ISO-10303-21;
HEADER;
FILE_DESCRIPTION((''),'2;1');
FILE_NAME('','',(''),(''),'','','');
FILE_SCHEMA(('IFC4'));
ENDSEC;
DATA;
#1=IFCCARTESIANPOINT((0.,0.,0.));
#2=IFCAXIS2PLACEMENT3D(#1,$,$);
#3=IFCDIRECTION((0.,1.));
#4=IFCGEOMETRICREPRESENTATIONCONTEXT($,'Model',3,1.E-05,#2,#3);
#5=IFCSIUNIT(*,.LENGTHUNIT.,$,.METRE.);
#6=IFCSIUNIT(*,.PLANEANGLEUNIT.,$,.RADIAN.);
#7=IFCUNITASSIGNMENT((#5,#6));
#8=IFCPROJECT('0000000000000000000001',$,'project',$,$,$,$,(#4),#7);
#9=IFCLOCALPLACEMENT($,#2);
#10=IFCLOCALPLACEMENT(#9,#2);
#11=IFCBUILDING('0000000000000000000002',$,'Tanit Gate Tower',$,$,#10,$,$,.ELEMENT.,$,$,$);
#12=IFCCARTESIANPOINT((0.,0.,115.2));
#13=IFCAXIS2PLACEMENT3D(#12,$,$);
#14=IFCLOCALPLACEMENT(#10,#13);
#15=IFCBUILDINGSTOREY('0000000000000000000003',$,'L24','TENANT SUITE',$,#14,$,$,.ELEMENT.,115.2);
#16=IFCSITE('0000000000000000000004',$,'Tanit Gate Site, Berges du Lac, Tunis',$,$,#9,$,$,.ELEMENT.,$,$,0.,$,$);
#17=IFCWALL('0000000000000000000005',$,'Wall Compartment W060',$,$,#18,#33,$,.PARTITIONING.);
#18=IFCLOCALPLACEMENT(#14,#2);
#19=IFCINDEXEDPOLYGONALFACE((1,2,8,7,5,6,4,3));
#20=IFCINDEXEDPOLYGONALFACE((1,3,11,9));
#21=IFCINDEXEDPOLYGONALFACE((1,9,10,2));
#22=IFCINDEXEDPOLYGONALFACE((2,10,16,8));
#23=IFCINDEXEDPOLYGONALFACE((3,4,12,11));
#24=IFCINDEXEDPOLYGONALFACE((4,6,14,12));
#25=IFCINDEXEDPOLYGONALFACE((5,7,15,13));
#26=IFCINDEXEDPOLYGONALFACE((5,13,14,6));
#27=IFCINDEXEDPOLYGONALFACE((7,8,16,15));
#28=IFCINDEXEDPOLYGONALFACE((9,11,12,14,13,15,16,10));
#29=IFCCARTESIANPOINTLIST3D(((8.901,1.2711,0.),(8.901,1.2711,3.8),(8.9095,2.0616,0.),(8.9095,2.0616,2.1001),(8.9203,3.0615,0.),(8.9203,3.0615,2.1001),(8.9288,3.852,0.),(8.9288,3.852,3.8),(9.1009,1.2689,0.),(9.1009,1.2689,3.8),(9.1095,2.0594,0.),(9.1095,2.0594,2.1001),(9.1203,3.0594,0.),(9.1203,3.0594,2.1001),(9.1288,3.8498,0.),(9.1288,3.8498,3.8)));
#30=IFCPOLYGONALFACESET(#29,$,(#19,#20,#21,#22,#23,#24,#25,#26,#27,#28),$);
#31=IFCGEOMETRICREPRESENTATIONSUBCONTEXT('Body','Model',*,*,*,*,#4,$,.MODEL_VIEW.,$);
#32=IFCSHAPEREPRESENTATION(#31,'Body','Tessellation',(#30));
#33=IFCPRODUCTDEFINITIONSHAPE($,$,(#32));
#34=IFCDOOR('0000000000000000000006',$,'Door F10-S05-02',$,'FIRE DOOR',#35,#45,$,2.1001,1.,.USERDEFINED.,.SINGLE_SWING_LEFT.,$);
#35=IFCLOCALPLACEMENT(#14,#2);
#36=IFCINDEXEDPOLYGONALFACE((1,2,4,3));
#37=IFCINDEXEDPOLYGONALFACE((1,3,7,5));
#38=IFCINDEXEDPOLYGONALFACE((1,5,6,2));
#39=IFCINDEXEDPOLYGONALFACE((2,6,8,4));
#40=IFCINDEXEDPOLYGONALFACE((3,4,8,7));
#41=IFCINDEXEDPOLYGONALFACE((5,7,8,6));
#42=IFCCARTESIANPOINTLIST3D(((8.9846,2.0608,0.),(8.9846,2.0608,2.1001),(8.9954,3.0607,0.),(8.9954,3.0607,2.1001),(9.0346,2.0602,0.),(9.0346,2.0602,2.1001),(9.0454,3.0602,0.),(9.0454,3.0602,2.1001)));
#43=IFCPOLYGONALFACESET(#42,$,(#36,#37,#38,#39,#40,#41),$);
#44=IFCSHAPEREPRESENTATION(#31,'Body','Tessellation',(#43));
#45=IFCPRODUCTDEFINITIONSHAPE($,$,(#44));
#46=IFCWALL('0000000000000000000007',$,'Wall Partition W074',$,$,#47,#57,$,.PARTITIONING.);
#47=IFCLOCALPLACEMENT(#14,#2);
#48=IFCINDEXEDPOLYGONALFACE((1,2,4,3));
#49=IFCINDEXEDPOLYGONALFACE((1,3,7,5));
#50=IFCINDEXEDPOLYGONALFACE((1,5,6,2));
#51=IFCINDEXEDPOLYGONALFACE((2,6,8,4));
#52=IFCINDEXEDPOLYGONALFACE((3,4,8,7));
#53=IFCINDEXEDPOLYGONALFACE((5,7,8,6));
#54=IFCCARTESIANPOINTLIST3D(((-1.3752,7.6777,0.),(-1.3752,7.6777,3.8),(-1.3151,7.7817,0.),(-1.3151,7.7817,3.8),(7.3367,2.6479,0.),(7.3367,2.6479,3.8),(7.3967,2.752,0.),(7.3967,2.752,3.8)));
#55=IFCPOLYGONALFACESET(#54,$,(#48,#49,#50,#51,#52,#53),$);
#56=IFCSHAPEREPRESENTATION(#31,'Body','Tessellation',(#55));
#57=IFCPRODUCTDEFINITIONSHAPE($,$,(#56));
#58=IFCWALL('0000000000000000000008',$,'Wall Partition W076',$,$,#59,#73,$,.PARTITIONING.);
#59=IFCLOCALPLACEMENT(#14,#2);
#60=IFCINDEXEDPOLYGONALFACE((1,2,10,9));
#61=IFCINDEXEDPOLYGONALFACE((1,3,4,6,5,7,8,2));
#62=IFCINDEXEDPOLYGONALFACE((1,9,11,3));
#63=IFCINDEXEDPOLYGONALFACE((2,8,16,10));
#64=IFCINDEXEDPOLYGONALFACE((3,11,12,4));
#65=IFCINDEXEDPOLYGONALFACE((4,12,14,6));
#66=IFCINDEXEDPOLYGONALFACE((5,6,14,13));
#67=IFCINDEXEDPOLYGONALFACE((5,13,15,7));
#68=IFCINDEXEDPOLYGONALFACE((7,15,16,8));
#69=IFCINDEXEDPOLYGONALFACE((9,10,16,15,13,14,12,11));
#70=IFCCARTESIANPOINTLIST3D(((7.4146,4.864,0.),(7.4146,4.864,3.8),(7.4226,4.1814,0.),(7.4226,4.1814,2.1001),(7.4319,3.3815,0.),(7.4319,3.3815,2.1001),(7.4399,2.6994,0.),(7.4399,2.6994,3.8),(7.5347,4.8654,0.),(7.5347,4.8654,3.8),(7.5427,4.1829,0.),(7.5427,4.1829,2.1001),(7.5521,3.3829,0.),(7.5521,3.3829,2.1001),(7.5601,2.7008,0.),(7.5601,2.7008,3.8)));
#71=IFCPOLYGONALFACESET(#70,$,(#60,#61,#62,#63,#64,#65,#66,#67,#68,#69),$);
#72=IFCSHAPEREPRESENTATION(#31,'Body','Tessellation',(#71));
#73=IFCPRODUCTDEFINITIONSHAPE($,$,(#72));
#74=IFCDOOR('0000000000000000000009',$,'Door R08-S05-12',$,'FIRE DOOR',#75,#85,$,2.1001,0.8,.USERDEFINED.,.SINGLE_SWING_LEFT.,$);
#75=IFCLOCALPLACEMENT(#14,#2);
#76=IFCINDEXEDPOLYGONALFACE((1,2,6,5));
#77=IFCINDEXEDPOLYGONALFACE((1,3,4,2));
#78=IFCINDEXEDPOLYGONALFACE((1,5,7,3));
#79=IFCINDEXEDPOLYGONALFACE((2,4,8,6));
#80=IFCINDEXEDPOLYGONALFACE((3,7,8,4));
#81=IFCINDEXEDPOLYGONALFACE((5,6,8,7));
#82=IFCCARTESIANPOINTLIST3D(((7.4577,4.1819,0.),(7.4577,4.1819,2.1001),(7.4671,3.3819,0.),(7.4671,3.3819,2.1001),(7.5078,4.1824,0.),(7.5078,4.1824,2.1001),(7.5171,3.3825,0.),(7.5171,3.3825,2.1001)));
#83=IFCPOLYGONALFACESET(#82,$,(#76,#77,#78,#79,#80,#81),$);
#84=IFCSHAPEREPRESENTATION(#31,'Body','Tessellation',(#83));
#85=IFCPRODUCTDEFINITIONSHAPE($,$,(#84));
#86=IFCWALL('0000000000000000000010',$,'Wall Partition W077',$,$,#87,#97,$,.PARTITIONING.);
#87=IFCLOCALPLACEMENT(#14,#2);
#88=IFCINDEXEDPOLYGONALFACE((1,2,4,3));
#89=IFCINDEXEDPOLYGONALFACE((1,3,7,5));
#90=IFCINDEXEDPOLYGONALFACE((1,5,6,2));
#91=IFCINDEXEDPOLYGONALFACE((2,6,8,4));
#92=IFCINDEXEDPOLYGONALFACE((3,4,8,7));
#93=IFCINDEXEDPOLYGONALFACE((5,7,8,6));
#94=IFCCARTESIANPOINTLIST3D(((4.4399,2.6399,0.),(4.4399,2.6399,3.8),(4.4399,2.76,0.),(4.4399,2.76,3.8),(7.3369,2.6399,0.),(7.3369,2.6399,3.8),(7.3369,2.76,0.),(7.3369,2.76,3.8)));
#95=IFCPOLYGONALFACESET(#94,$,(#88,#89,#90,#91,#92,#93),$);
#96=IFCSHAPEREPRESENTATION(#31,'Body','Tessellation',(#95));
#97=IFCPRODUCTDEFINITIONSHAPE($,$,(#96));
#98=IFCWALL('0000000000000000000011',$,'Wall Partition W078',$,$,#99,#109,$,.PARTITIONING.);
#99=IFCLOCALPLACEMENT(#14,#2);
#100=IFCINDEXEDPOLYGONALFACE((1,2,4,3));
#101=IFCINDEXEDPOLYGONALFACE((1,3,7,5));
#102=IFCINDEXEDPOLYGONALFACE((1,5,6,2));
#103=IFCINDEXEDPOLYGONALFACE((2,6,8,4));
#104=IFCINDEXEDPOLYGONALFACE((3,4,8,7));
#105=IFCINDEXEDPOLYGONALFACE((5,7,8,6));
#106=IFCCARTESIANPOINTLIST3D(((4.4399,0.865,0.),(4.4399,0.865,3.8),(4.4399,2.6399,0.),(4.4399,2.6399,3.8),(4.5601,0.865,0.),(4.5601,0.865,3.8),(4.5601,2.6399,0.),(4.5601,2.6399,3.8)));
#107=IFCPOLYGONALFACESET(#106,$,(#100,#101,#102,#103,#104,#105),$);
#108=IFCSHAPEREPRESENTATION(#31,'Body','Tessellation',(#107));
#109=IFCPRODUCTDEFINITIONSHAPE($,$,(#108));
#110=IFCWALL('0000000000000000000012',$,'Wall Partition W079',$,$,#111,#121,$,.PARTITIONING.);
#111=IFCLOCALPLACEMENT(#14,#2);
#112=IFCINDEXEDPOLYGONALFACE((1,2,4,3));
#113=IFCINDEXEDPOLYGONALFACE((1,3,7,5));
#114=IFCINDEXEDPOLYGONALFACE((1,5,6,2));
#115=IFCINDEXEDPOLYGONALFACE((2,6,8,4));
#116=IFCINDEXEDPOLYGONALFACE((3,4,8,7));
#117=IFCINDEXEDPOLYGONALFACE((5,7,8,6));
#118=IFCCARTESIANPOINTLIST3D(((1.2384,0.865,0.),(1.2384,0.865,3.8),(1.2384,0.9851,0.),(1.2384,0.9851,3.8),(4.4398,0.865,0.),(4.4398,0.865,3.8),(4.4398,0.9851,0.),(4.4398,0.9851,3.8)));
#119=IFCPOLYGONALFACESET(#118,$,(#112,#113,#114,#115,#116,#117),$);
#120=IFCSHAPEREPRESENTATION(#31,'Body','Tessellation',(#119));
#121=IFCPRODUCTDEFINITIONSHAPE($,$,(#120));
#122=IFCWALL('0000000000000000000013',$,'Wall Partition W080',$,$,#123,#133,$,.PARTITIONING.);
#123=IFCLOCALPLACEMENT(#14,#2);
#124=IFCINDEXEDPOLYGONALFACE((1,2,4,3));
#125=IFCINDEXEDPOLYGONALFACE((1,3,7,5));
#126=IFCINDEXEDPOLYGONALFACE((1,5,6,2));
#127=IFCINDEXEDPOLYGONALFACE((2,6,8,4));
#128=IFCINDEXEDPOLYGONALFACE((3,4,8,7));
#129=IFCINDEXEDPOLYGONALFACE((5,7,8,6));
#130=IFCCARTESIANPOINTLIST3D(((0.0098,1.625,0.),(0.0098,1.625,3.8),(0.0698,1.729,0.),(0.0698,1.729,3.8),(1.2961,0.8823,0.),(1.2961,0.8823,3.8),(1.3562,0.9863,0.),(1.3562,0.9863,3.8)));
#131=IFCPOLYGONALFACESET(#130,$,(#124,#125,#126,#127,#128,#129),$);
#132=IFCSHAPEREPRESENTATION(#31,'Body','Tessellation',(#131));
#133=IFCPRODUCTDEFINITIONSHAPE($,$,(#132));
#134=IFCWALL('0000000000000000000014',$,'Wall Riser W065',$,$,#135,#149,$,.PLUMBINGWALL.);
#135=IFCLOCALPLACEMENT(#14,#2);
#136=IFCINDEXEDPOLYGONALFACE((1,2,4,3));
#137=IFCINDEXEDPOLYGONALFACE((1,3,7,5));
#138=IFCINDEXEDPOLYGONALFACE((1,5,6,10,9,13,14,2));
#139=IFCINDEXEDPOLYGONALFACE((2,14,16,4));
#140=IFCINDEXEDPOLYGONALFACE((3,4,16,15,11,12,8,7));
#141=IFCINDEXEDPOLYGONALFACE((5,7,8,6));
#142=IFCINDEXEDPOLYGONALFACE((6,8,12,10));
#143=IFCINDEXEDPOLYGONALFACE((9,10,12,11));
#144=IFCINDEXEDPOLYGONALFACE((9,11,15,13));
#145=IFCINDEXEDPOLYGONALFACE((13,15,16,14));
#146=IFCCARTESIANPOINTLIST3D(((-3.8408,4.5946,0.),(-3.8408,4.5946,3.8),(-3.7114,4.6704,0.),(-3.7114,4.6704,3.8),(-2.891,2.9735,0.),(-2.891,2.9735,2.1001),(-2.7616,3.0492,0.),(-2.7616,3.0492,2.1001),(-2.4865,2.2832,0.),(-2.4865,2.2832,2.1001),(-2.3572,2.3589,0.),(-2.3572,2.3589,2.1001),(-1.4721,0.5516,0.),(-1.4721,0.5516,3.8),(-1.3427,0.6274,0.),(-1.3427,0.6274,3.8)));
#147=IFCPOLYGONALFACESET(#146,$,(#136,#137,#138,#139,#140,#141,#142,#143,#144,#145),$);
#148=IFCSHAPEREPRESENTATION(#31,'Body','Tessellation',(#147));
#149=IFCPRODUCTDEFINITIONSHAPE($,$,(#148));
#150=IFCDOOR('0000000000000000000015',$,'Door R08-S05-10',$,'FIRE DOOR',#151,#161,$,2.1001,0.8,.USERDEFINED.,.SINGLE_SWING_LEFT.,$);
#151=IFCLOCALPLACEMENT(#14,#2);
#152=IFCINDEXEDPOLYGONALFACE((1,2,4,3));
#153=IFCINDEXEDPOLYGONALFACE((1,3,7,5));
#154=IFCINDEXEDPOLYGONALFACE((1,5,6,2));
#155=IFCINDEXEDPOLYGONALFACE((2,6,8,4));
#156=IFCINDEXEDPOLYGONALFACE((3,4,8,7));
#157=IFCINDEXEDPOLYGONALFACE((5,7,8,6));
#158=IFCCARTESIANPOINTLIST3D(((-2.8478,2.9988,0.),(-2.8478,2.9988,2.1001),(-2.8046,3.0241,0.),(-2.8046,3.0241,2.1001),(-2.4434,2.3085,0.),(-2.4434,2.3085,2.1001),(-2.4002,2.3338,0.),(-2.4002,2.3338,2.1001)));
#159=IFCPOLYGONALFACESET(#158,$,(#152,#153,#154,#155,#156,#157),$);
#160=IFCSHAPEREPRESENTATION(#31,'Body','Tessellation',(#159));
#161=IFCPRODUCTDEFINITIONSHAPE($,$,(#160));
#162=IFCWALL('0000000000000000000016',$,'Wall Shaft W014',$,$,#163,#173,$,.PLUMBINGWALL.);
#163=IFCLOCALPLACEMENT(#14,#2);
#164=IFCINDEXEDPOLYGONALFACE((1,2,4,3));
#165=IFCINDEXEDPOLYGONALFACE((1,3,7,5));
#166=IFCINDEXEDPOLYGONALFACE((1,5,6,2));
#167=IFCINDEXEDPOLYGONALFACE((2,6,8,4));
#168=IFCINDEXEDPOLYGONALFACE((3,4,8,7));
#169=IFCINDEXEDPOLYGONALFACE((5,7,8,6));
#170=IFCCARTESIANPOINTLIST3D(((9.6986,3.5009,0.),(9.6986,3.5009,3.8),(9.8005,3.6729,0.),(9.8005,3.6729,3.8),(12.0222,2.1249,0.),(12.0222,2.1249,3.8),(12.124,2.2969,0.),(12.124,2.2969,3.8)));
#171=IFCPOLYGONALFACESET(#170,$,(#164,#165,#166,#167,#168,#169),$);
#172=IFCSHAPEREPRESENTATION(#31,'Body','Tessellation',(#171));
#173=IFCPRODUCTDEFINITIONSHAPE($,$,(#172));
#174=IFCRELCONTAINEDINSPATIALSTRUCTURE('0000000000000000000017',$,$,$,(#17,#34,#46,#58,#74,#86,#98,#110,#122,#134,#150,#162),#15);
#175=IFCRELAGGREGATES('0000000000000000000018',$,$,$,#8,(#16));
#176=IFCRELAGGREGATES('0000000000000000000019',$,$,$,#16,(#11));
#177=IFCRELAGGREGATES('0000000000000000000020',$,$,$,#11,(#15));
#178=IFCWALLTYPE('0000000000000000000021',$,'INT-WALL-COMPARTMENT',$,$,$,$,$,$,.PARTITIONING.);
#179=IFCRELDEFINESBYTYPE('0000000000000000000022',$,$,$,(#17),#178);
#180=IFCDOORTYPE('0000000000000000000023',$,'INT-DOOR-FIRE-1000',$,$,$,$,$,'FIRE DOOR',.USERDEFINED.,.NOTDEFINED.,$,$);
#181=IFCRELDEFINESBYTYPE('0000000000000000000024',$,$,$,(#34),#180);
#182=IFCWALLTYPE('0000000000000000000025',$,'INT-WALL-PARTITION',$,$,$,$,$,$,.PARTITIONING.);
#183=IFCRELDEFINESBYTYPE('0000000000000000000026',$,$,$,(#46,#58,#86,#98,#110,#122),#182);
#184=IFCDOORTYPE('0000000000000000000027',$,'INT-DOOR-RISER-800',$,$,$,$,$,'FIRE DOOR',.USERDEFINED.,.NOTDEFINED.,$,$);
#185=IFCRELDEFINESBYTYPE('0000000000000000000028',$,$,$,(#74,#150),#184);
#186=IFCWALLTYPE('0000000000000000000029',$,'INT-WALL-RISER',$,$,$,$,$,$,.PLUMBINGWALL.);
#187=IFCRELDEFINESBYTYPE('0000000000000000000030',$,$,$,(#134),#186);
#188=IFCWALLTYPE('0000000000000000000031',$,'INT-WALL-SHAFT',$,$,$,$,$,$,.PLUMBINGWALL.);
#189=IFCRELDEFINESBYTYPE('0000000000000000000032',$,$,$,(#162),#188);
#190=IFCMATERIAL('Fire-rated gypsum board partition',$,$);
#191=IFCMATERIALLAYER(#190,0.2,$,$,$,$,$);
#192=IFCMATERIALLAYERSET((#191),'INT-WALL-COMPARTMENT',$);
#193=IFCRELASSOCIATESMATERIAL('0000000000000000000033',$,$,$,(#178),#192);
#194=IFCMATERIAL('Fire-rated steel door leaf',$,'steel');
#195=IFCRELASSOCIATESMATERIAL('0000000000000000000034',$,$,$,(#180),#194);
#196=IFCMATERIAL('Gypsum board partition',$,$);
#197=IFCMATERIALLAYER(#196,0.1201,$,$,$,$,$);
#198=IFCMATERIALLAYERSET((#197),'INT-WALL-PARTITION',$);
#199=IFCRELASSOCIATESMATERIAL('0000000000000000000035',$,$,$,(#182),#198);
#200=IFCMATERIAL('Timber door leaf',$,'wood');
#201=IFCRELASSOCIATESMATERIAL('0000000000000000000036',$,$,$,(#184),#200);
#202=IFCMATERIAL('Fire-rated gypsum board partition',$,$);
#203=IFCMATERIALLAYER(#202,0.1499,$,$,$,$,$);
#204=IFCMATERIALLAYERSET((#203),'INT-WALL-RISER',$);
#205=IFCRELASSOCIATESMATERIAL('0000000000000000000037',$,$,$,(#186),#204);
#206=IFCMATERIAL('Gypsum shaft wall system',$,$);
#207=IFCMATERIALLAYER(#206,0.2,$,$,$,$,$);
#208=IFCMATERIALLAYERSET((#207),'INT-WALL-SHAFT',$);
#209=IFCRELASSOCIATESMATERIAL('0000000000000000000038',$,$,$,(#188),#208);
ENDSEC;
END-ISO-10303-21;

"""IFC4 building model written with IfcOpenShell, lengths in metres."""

from ifc_helpers import new_model, si_unit, direction, frame, frame_2d, origin, place, context, subcontext, project, spatial, rectangle, extrude, material, layer, layer_set, type_object, element, fill, save


model = new_model("IFC4")

# Units and contexts
model_context = context("Model", 3, precision=1e-05, world=origin(), true_north=direction((0.0, 1.0)))
body_context = subcontext(model_context, "Body", "Model", "MODEL_VIEW")
ifc_project = project(units=[si_unit("LENGTHUNIT", "METRE"), si_unit("PLANEANGLEUNIT", "RADIAN")], contexts=[model_context])

# Site, building, storey
site_placement = place(None, origin())
site = spatial("IfcSite", under=ifc_project, at=site_placement, Name="Tanit Gate Site, Berges du Lac, Tunis", CompositionType="ELEMENT", RefElevation=0.0)
building_placement = place(site_placement, origin())
building = spatial("IfcBuilding", under=site, at=building_placement, Name="Tanit Gate Tower", CompositionType="ELEMENT")
storey_placement = place(building_placement, frame((0.0, 0.0, 115.2)))
storey = spatial("IfcBuildingStorey", under=building, at=storey_placement, Name="L24", Description="TENANT SUITE", CompositionType="ELEMENT", Elevation=115.2)

# Wall, opening, door
ifc_material_1 = material(Name="Fire-rated gypsum board partition")
ifc_layer_1 = layer(ifc_material_1, 0.2)
ifc_layer_set_1 = layer_set([ifc_layer_1], Name="INT-WALL-COMPARTMENT")
wall_type_1 = type_object("IfcWallType", Name="INT-WALL-COMPARTMENT", PredefinedType="PARTITIONING", material=ifc_layer_set_1)
wall_1_placement = place(storey_placement, frame((9.001, 1.27, 0.0), z_axis=(0.0, 0.0, 1.0), x_axis=(0.010784, 0.999942, 0.0)))
wall_1 = element("IfcWall", 1, at=wall_1_placement, inside=storey, type_object=wall_type_1, Name="Wall Compartment W060", PredefinedType="PARTITIONING", context=body_context, shape_type="SweptSolid", body=[
    extrude(rectangle(XDim=2.5811, YDim=0.2, at=frame_2d((1.2905, 0.0))), origin(), (0.0, 0.0, 1.0), 3.8),
])
opening_1_placement = place(wall_1_placement, frame((0.7905, 0.0, 0.0)))
opening_1 = element("IfcOpeningElement", 2, at=opening_1_placement, cuts=wall_1, PredefinedType="OPENING", context=body_context, shape_type="SweptSolid", body=[
    extrude(rectangle(XDim=1.0, YDim=2.1001, at=frame_2d((0.5, 1.05))), frame((0.0, 0.1099, 0.0), z_axis=(0.0, -1.0, 0.0), x_axis=(1.0, 0.0, 0.0)), (0.0, 0.0, 1.0), 0.22),
])
ifc_material_2 = material(Name="Fire-rated steel door leaf", Category="steel")
door_type_1 = type_object("IfcDoorType", Name="INT-DOOR-FIRE-1000", ElementType="FIRE DOOR", OperationType="NOTDEFINED", PredefinedType="USERDEFINED", material=ifc_material_2)
door_1_placement = place(opening_1_placement, origin())
door_1 = element("IfcDoor", 3, at=door_1_placement, inside=storey, type_object=door_type_1, Name="Door F10-S05-02", ObjectType="FIRE DOOR", OperationType="SINGLE_SWING_LEFT", OverallHeight=2.1001, OverallWidth=1.0, PredefinedType="USERDEFINED", context=body_context, shape_type="SweptSolid", body=[
    extrude(rectangle(XDim=1.0, YDim=2.1001, at=frame_2d((0.5, 1.05))), frame((0.0, 0.0249, 0.0), z_axis=(0.0, -1.0, 0.0), x_axis=(1.0, 0.0, 0.0)), (0.0, 0.0, 1.0), 0.05),
])
fill(opening_1, door_1)

# Wall
ifc_material_3 = material(Name="Gypsum board partition")
ifc_layer_2 = layer(ifc_material_3, 0.1201)
ifc_layer_set_2 = layer_set([ifc_layer_2], Name="INT-WALL-PARTITION")
wall_type_2 = type_object("IfcWallType", Name="INT-WALL-PARTITION", PredefinedType="PARTITIONING", material=ifc_layer_set_2)
wall_2_placement = place(storey_placement, frame((7.3667, 2.7, 0.0), z_axis=(0.0, 0.0, 1.0), x_axis=(-0.866027, 0.499997, 0.0)))
element("IfcWall", 4, at=wall_2_placement, inside=storey, type_object=wall_type_2, Name="Wall Partition W074", PredefinedType="PARTITIONING", context=body_context, shape_type="SweptSolid", body=[
    extrude(rectangle(XDim=10.0596, YDim=0.1201, at=frame_2d((5.0298, 0.0))), origin(), (0.0, 0.0, 1.0), 3.8),
])

# Wall, opening, door
wall_3_placement = place(storey_placement, frame((7.5, 2.7, 0.0), z_axis=(0.0, 0.0, 1.0), x_axis=(-0.011729, 0.999931, 0.0)))
wall_3 = element("IfcWall", 5, at=wall_3_placement, inside=storey, type_object=wall_type_2, Name="Wall Partition W076", PredefinedType="PARTITIONING", context=body_context, shape_type="SweptSolid", body=[
    extrude(rectangle(XDim=2.1648, YDim=0.1201, at=frame_2d((1.0825, 0.0))), origin(), (0.0, 0.0, 1.0), 3.8),
])
opening_2_placement = place(wall_3_placement, frame((0.6824, 0.0, 0.0)))
opening_2 = element("IfcOpeningElement", 6, at=opening_2_placement, cuts=wall_3, PredefinedType="OPENING", context=body_context, shape_type="SweptSolid", body=[
    extrude(rectangle(XDim=0.8, YDim=2.1001, at=frame_2d((0.3999, 1.05))), frame((0.0, 0.0701, 0.0), z_axis=(0.0, -1.0, 0.0), x_axis=(1.0, 0.0, 0.0)), (0.0, 0.0, 1.0), 0.1401),
])
ifc_material_4 = material(Name="Timber door leaf", Category="wood")
door_type_2 = type_object("IfcDoorType", Name="INT-DOOR-RISER-800", ElementType="FIRE DOOR", OperationType="NOTDEFINED", PredefinedType="USERDEFINED", material=ifc_material_4)
door_2_placement = place(opening_2_placement, origin())
door_2 = element("IfcDoor", 7, at=door_2_placement, inside=storey, type_object=door_type_2, Name="Door R08-S05-12", ObjectType="FIRE DOOR", OperationType="SINGLE_SWING_LEFT", OverallHeight=2.1001, OverallWidth=0.8, PredefinedType="USERDEFINED", context=body_context, shape_type="SweptSolid", body=[
    extrude(rectangle(XDim=0.8, YDim=2.1001, at=frame_2d((0.3999, 1.05))), frame((0.0, 0.0249, 0.0), z_axis=(0.0, -1.0, 0.0), x_axis=(1.0, 0.0, 0.0)), (0.0, 0.0, 1.0), 0.05),
])
fill(opening_2, door_2)

# Walls
wall_4_placement = place(storey_placement, frame((4.4399, 2.7, 0.0), z_axis=(0.0, 0.0, 1.0), x_axis=(1.0, 0.0, 0.0)))
element("IfcWall", 8, at=wall_4_placement, inside=storey, type_object=wall_type_2, Name="Wall Partition W077", PredefinedType="PARTITIONING", context=body_context, shape_type="SweptSolid", body=[
    extrude(rectangle(XDim=2.897, YDim=0.1201, at=frame_2d((1.4485, 0.0))), origin(), (0.0, 0.0, 1.0), 3.8),
])
wall_5_placement = place(storey_placement, frame((4.5, 0.865, 0.0), z_axis=(0.0, 0.0, 1.0), x_axis=(0.0, 1.0, 0.0)))
element("IfcWall", 9, at=wall_5_placement, inside=storey, type_object=wall_type_2, Name="Wall Partition W078", PredefinedType="PARTITIONING", context=body_context, shape_type="SweptSolid", body=[
    extrude(rectangle(XDim=1.7749, YDim=0.1201, at=frame_2d((0.8875, 0.0))), origin(), (0.0, 0.0, 1.0), 3.8),
])
wall_6_placement = place(storey_placement, frame((1.2385, 0.925, 0.0), z_axis=(0.0, 0.0, 1.0), x_axis=(1.0, 0.0, 0.0)))
element("IfcWall", 10, at=wall_6_placement, inside=storey, type_object=wall_type_2, Name="Wall Partition W079", PredefinedType="PARTITIONING", context=body_context, shape_type="SweptSolid", body=[
    extrude(rectangle(XDim=3.2014, YDim=0.1201, at=frame_2d((1.6006, 0.0))), origin(), (0.0, 0.0, 1.0), 3.8),
])
wall_7_placement = place(storey_placement, frame((0.0398, 1.677, 0.0), z_axis=(0.0, 0.0, 1.0), x_axis=(0.86603, -0.499993, 0.0)))
element("IfcWall", 11, at=wall_7_placement, inside=storey, type_object=wall_type_2, Name="Wall Partition W080", PredefinedType="PARTITIONING", context=body_context, shape_type="SweptSolid", body=[
    extrude(rectangle(XDim=1.4854, YDim=0.1201, at=frame_2d((0.7427, 0.0))), origin(), (0.0, 0.0, 1.0), 3.8),
])

# Wall, opening, door
ifc_material_5 = material(Name="Fire-rated gypsum board partition")
ifc_layer_3 = layer(ifc_material_5, 0.1499)
ifc_layer_set_3 = layer_set([ifc_layer_3], Name="INT-WALL-RISER")
wall_type_3 = type_object("IfcWallType", Name="INT-WALL-RISER", PredefinedType="PLUMBINGWALL", material=ifc_layer_set_3)
wall_8_placement = place(storey_placement, frame((-1.4075, 0.5896, 0.0), z_axis=(0.0, 0.0, 1.0), x_axis=(-0.505503, 0.862825, 0.0)))
wall_8 = element("IfcWall", 12, at=wall_8_placement, inside=storey, type_object=wall_type_3, Name="Wall Riser W065", PredefinedType="PLUMBINGWALL", context=body_context, shape_type="SweptSolid", body=[
    extrude(rectangle(XDim=4.6858, YDim=0.1499, at=frame_2d((2.3428, 0.0))), origin(), (0.0, 0.0, 1.0), 3.8),
])
opening_3_placement = place(wall_8_placement, frame((2.0068, 0.0, 0.0)))
opening_3 = element("IfcOpeningElement", 13, at=opening_3_placement, cuts=wall_8, PredefinedType="OPENING", context=body_context, shape_type="SweptSolid", body=[
    extrude(rectangle(XDim=0.8, YDim=2.1001, at=frame_2d((0.3999, 1.05))), frame((0.0, 0.085, 0.0), z_axis=(0.0, -1.0, 0.0), x_axis=(1.0, 0.0, 0.0)), (0.0, 0.0, 1.0), 0.1699),
])
door_3_placement = place(opening_3_placement, origin())
door_3 = element("IfcDoor", 14, at=door_3_placement, inside=storey, type_object=door_type_2, Name="Door R08-S05-10", ObjectType="FIRE DOOR", OperationType="SINGLE_SWING_LEFT", OverallHeight=2.1001, OverallWidth=0.8, PredefinedType="USERDEFINED", context=body_context, shape_type="SweptSolid", body=[
    extrude(rectangle(XDim=0.8, YDim=2.1001, at=frame_2d((0.3999, 1.05))), frame((0.0, 0.0249, 0.0), z_axis=(0.0, -1.0, 0.0), x_axis=(1.0, 0.0, 0.0)), (0.0, 0.0, 1.0), 0.05),
])
fill(opening_3, door_3)

# Wall
ifc_material_6 = material(Name="Gypsum shaft wall system")
ifc_layer_4 = layer(ifc_material_6, 0.2)
ifc_layer_set_4 = layer_set([ifc_layer_4], Name="INT-WALL-SHAFT")
wall_type_4 = type_object("IfcWallType", Name="INT-WALL-SHAFT", PredefinedType="PLUMBINGWALL", material=ifc_layer_set_4)
wall_9_placement = place(storey_placement, frame((12.073, 2.2109, 0.0), z_axis=(0.0, 0.0, 1.0), x_axis=(-0.860438, 0.509555, 0.0)))
element("IfcWall", 15, at=wall_9_placement, inside=storey, type_object=wall_type_4, Name="Wall Shaft W014", PredefinedType="PLUMBINGWALL", context=body_context, shape_type="SweptSolid", body=[
    extrude(rectangle(XDim=2.7004, YDim=0.2, at=frame_2d((1.3501, 0.0))), origin(), (0.0, 0.0, 1.0), 3.8),
])

save(model, "model.ifc")
